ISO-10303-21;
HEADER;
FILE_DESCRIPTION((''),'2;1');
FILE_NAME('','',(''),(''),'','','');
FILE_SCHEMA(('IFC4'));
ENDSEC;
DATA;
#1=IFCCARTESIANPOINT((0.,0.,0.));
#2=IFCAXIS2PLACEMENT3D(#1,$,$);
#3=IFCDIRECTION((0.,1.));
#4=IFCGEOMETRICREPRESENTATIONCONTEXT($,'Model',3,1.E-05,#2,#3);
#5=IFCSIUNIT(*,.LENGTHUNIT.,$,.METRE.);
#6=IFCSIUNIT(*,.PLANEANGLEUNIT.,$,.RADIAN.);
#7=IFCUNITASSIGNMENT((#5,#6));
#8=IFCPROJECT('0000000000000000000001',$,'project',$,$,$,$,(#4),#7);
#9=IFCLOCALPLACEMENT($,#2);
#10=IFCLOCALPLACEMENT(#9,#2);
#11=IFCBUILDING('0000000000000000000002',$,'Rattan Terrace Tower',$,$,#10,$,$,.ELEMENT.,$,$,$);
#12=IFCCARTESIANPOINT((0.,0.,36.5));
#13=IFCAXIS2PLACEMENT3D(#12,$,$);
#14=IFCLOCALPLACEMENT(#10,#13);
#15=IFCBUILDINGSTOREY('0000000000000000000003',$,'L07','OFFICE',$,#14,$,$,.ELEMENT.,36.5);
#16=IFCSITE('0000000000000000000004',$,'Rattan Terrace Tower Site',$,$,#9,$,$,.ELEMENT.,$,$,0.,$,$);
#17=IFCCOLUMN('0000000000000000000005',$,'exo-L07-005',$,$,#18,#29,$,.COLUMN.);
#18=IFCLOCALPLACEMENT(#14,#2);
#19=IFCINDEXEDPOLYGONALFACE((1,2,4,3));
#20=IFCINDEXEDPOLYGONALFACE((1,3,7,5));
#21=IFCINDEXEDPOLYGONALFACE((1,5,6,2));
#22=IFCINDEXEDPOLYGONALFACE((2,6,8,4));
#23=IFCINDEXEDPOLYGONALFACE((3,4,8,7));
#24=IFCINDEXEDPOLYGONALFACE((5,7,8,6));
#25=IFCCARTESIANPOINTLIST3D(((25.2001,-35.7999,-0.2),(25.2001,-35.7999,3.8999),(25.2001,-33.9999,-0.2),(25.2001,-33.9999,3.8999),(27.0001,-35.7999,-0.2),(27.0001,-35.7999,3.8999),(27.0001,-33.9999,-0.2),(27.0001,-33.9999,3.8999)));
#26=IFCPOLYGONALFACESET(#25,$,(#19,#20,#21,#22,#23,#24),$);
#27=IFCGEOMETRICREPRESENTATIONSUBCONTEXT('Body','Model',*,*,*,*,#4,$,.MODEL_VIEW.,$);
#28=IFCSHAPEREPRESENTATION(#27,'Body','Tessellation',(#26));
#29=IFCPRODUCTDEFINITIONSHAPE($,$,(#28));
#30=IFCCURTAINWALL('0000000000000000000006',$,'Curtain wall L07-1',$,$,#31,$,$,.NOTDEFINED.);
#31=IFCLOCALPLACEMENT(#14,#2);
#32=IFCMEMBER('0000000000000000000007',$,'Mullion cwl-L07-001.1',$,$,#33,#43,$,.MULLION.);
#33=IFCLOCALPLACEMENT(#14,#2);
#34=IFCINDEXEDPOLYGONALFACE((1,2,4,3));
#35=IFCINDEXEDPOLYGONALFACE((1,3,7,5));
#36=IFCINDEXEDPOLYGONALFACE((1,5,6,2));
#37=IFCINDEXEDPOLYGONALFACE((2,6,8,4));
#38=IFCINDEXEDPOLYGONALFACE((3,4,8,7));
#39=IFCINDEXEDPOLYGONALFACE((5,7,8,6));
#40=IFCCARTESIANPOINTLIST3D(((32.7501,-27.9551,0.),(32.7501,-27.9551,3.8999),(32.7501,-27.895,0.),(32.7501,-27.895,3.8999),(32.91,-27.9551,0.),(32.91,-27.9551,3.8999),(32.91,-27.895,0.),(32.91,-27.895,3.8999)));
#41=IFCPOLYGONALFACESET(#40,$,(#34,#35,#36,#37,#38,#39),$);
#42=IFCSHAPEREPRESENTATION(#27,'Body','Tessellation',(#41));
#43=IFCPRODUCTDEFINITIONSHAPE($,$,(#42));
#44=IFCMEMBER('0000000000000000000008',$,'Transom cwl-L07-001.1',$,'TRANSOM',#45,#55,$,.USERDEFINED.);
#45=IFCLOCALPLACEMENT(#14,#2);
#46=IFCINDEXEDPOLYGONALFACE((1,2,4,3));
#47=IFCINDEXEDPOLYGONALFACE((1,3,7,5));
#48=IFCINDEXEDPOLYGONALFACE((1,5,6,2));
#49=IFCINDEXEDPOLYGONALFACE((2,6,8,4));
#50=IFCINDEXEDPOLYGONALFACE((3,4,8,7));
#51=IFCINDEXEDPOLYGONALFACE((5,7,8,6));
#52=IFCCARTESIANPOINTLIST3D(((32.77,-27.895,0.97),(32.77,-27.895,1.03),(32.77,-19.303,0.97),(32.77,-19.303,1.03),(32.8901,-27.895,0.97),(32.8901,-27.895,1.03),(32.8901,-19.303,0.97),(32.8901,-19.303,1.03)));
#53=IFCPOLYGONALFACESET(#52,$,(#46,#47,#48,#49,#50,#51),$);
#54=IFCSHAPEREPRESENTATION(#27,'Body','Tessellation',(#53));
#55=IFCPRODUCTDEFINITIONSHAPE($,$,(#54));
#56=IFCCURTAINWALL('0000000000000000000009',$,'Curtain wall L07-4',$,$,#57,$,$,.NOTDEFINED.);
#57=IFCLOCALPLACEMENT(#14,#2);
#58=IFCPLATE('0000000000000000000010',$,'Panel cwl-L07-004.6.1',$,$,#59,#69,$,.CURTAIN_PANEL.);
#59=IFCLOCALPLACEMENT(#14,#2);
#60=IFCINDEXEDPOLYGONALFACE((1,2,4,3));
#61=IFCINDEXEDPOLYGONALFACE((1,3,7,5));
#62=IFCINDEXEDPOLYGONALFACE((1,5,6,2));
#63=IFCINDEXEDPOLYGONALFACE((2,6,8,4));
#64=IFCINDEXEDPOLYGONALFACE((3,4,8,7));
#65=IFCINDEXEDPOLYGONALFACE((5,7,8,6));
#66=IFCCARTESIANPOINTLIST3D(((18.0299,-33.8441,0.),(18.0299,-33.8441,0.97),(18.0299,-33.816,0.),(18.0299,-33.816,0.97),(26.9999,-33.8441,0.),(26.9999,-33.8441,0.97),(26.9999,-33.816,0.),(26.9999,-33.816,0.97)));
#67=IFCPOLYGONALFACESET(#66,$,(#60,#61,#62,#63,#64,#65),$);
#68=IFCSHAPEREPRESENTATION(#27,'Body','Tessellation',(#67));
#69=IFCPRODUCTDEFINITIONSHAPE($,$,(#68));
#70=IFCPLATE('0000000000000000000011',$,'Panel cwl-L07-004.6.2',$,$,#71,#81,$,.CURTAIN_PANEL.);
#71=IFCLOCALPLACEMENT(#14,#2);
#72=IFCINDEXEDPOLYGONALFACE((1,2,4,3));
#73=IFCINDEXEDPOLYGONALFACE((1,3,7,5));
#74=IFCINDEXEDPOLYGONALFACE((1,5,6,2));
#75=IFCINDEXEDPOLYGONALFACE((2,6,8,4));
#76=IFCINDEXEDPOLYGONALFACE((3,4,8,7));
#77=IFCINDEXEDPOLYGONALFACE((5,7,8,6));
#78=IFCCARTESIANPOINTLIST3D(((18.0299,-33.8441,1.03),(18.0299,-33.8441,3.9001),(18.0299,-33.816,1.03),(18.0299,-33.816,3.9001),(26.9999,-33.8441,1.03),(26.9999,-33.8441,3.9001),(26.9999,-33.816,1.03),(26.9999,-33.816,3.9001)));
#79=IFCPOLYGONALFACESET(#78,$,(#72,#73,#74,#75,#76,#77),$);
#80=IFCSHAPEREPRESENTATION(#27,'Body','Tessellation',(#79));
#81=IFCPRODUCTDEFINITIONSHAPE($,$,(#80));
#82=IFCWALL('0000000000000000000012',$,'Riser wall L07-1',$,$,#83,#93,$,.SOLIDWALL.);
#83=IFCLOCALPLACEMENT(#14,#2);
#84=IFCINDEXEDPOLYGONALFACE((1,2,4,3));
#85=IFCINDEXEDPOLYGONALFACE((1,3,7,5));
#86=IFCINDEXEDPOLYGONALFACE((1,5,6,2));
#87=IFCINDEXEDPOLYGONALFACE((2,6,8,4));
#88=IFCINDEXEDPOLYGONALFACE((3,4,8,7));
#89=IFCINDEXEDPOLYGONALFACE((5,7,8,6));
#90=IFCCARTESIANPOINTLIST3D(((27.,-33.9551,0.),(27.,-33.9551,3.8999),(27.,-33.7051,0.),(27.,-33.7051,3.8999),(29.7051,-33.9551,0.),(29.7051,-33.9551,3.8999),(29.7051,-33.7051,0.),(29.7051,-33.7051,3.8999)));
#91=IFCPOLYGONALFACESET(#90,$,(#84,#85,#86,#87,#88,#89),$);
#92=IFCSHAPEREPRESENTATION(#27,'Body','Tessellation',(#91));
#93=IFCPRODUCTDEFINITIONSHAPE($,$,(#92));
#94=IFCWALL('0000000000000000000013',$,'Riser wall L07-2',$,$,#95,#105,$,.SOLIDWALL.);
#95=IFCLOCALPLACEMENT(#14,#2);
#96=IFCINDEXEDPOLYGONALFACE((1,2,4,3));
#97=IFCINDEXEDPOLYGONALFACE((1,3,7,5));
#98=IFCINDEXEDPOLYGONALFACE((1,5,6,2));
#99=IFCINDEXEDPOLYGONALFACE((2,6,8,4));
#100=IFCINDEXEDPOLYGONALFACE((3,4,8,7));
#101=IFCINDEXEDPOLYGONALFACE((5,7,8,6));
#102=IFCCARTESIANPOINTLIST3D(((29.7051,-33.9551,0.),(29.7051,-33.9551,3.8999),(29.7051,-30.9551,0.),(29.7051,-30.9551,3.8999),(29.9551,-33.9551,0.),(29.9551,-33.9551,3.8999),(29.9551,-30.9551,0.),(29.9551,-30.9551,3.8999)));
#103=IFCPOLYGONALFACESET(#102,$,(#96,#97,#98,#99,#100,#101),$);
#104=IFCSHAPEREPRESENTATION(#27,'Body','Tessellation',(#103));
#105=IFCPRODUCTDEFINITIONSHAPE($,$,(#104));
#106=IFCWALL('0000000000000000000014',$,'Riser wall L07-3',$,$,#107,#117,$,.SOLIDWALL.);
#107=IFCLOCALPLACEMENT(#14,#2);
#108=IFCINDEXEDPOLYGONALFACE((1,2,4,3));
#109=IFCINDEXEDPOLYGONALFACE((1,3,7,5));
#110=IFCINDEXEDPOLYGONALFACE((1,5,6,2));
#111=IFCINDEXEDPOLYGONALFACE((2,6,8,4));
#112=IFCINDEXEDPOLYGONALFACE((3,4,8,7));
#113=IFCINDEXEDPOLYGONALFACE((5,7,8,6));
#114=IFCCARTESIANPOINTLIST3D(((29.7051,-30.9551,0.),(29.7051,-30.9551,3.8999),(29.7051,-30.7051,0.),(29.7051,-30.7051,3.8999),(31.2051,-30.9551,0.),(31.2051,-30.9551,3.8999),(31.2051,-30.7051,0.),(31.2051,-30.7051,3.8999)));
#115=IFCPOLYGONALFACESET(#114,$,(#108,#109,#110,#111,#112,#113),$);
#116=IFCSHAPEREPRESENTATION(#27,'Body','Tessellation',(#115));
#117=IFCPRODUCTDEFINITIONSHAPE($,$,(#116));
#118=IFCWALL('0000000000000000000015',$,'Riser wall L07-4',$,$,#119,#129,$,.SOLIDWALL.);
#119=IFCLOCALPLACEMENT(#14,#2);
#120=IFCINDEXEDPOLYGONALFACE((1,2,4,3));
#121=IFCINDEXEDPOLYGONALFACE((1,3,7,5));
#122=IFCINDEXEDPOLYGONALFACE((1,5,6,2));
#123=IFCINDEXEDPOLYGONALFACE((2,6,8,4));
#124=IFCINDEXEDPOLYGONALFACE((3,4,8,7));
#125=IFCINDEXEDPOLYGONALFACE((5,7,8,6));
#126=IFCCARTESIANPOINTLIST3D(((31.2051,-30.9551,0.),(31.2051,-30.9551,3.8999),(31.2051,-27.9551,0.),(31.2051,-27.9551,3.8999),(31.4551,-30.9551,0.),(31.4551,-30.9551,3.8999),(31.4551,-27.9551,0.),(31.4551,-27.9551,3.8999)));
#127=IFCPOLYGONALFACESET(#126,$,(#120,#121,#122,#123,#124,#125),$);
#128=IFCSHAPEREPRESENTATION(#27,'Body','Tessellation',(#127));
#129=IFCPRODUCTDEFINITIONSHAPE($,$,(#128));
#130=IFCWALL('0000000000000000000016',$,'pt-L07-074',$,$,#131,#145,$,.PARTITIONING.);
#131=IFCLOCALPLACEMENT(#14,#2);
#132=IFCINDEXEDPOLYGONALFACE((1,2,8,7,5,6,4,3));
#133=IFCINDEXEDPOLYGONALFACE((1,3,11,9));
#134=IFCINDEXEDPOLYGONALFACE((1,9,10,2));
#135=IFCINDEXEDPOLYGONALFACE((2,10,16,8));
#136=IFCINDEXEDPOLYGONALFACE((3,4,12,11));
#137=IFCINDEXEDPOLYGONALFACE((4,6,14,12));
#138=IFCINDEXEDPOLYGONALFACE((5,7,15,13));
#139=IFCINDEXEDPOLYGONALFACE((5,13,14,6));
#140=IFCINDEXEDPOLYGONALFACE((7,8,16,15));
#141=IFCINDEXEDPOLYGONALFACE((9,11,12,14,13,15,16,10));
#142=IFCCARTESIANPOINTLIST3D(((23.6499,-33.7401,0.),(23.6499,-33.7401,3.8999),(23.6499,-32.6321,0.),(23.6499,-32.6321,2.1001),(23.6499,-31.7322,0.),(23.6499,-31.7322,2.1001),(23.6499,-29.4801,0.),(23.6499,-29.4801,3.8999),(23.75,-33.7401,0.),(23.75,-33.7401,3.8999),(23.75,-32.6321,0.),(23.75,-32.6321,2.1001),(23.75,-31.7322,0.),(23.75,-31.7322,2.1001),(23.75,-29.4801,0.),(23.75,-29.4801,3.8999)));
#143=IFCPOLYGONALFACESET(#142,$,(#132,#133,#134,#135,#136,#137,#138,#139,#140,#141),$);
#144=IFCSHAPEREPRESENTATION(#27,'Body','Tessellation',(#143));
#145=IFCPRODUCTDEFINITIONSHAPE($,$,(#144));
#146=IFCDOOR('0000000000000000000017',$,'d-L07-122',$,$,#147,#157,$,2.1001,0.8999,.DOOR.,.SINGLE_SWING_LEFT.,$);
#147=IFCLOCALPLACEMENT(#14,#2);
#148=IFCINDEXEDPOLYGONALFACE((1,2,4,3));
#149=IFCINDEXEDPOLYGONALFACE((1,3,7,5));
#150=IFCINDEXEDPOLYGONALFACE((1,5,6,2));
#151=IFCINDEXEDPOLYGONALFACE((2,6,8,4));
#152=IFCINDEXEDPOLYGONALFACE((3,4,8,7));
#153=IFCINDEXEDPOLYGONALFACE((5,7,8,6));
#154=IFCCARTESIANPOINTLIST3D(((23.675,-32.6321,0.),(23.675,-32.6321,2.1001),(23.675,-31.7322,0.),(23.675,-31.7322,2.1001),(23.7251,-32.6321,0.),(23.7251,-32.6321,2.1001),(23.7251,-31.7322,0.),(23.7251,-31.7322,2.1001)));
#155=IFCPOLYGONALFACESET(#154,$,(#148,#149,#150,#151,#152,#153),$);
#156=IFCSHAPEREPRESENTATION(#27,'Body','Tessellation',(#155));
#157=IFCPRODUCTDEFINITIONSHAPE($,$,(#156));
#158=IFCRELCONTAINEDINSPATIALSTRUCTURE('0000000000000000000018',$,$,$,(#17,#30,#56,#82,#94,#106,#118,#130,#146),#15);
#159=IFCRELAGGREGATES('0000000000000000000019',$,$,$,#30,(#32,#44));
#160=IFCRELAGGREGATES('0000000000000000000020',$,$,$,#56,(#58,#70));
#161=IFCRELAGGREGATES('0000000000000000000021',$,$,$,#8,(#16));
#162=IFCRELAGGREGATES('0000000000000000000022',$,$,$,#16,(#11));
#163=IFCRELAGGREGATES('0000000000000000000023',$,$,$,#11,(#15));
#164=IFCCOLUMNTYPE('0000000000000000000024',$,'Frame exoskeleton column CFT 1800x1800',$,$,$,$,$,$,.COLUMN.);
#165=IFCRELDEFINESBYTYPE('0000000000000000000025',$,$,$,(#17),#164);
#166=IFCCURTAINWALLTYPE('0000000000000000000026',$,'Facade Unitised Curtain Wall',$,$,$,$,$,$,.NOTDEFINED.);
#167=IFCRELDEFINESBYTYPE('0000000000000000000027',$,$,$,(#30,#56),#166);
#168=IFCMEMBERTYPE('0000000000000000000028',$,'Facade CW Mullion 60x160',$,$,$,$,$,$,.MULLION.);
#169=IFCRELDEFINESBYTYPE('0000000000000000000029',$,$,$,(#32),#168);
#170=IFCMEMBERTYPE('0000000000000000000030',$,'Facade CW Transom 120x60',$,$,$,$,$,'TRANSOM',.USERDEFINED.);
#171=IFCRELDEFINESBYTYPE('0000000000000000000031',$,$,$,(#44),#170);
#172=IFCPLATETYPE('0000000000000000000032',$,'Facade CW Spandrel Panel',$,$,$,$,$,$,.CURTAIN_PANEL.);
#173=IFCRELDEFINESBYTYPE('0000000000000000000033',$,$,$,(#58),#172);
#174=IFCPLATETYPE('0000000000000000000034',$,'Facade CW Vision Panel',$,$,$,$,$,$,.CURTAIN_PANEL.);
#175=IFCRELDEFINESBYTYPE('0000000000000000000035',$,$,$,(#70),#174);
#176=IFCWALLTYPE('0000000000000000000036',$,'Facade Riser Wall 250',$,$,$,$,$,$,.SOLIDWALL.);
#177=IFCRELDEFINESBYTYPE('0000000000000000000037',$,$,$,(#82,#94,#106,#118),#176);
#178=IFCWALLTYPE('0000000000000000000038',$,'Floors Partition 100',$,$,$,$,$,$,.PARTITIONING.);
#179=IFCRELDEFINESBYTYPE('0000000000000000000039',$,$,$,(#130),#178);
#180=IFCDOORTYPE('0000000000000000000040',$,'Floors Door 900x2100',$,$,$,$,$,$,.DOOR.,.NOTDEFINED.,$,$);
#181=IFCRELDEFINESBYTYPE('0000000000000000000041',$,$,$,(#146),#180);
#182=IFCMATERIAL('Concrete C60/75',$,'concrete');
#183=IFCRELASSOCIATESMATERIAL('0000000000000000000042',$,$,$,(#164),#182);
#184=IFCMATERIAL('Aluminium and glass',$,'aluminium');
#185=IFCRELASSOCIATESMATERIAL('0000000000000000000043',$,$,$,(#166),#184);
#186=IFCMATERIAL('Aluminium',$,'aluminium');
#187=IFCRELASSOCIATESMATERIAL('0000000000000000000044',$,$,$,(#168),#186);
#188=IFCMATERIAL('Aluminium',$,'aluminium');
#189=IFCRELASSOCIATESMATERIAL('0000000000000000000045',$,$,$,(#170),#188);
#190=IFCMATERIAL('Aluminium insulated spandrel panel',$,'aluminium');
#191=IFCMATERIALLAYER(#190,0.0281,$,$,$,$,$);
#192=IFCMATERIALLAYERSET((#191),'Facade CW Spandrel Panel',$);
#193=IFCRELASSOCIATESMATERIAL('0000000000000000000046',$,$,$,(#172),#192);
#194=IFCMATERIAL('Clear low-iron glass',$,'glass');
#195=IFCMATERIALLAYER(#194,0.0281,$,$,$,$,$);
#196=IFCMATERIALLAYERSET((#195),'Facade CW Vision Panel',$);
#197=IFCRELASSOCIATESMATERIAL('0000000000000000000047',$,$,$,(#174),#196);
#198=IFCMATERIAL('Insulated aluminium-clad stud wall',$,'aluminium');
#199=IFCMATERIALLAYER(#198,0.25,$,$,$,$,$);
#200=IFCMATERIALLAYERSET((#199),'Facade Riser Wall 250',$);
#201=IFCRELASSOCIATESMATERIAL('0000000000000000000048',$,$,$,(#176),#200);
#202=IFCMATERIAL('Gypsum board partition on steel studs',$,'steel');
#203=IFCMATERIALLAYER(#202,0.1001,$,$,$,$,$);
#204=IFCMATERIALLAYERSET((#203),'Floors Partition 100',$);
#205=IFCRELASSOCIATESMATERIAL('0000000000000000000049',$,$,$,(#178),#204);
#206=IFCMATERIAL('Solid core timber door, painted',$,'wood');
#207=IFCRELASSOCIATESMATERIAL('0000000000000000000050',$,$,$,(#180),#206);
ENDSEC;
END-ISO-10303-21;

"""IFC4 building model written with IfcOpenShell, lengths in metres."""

from ifc_helpers import new_model, si_unit, direction, frame, frame_2d, origin, origin_2d, place, context, subcontext, project, spatial, rectangle, extrude, material, layer, layer_set, material_profile, profile_set, type_object, element, fill, aggregate, save


model = new_model("IFC4")

# Units and contexts
model_context = context("Model", 3, precision=1e-05, world=origin(), true_north=direction((0.0, 1.0)))
body_context = subcontext(model_context, "Body", "Model", "MODEL_VIEW")
ifc_project = project(units=[si_unit("LENGTHUNIT", "METRE"), si_unit("PLANEANGLEUNIT", "RADIAN")], contexts=[model_context])

# Site, building, storey
site_placement = place(None, origin())
site = spatial("IfcSite", under=ifc_project, at=site_placement, Name="Rattan Terrace Tower Site", CompositionType="ELEMENT", RefElevation=0.0)
building_placement = place(site_placement, origin())
building = spatial("IfcBuilding", under=site, at=building_placement, Name="Rattan Terrace Tower", CompositionType="ELEMENT")
storey_placement = place(building_placement, frame((0.0, 0.0, 36.5)))
storey = spatial("IfcBuildingStorey", under=building, at=storey_placement, Name="L07", Description="OFFICE", CompositionType="ELEMENT", Elevation=36.5)

# Column
ifc_material_1 = material(Name="Concrete C60/75", Category="concrete")
ifc_material_profile_1 = material_profile(ifc_material_1, rectangle(XDim=1.8, YDim=1.8, at=origin_2d()), Name="CFT 1800x1800")
ifc_profile_set_1 = profile_set([ifc_material_profile_1], Name="Concrete C60/75")
column_type = type_object("IfcColumnType", Name="Frame exoskeleton column CFT 1800x1800", PredefinedType="COLUMN", material=ifc_profile_set_1)
column_placement = place(storey_placement, frame((26.1001, -34.8999, -0.2), z_axis=(0.0, 0.0, 1.0), x_axis=(1.0, 0.0, 0.0)))
element("IfcColumn", 1, at=column_placement, inside=storey, type_object=column_type, Name="exo-L07-005", PredefinedType="COLUMN", context=body_context, shape_type="SweptSolid", body=[
    extrude(rectangle(XDim=1.8, YDim=1.8, at=origin_2d()), origin(), (0.0, 0.0, 1.0), 4.0999),
])

# Curtain wall, members
ifc_material_2 = material(Name="Aluminium and glass", Category="aluminium")
curtain_wall_type = type_object("IfcCurtainWallType", Name="Facade Unitised Curtain Wall", PredefinedType="NOTDEFINED", material=ifc_material_2)
curtain_wall_1_placement = place(storey_placement, origin())
curtain_wall_1 = element("IfcCurtainWall", 2, at=curtain_wall_1_placement, inside=storey, type_object=curtain_wall_type, Name="Curtain wall L07-1", PredefinedType="NOTDEFINED")
ifc_material_3 = material(Name="Aluminium", Category="aluminium")
ifc_material_profile_2 = material_profile(ifc_material_3, rectangle(XDim=0.0601, YDim=0.1599, at=origin_2d()), Name="Aluminium 60x160")
ifc_profile_set_2 = profile_set([ifc_material_profile_2], Name="Aluminium")
member_type_1 = type_object("IfcMemberType", Name="Facade CW Mullion 60x160", PredefinedType="MULLION", material=ifc_profile_set_2)
member_1_placement = place(storey_placement, frame((32.8301, -27.925, 0.0), z_axis=(0.0, 0.0, 1.0), x_axis=(0.0, 1.0, 0.0)))
member_1 = element("IfcMember", 3, at=member_1_placement, type_object=member_type_1, Name="Mullion cwl-L07-001.1", PredefinedType="MULLION", context=body_context, shape_type="SweptSolid", body=[
    extrude(rectangle(XDim=0.0601, YDim=0.1599, at=origin_2d()), origin(), (0.0, 0.0, 1.0), 3.8999),
])
ifc_material_4 = material(Name="Aluminium", Category="aluminium")
ifc_material_profile_3 = material_profile(ifc_material_4, rectangle(XDim=0.1201, YDim=0.0601, at=origin_2d()), Name="Aluminium 120x60")
ifc_profile_set_3 = profile_set([ifc_material_profile_3], Name="Aluminium")
member_type_2 = type_object("IfcMemberType", Name="Facade CW Transom 120x60", ElementType="TRANSOM", PredefinedType="USERDEFINED", material=ifc_profile_set_3)
member_2_placement = place(storey_placement, frame((32.8301, -27.895, 1.0), z_axis=(0.0, 1.0, 0.0), x_axis=(-1.0, 0.0, 0.0)))
member_2 = element("IfcMember", 4, at=member_2_placement, type_object=member_type_2, Name="Transom cwl-L07-001.1", ObjectType="TRANSOM", PredefinedType="USERDEFINED", context=body_context, shape_type="SweptSolid", body=[
    extrude(rectangle(XDim=0.1201, YDim=0.0601, at=origin_2d()), origin(), (0.0, 0.0, 1.0), 8.592),
])
aggregate(curtain_wall_1, [member_1, member_2])

# Curtain wall, plates
curtain_wall_2_placement = place(storey_placement, origin())
curtain_wall_2 = element("IfcCurtainWall", 5, at=curtain_wall_2_placement, inside=storey, type_object=curtain_wall_type, Name="Curtain wall L07-4", PredefinedType="NOTDEFINED")
ifc_material_5 = material(Name="Aluminium insulated spandrel panel", Category="aluminium")
ifc_layer_1 = layer(ifc_material_5, 0.0281)
ifc_layer_set_1 = layer_set([ifc_layer_1], Name="Facade CW Spandrel Panel")
plate_type_1 = type_object("IfcPlateType", Name="Facade CW Spandrel Panel", PredefinedType="CURTAIN_PANEL", material=ifc_layer_set_1)
plate_1_placement = place(storey_placement, frame((22.5149, -33.8301, 0.0), z_axis=(0.0, 0.0, 1.0), x_axis=(1.0, 0.0, 0.0)))
plate_1 = element("IfcPlate", 6, at=plate_1_placement, type_object=plate_type_1, Name="Panel cwl-L07-004.6.1", PredefinedType="CURTAIN_PANEL", context=body_context, shape_type="SweptSolid", body=[
    extrude(rectangle(XDim=8.97, YDim=0.0281, at=origin_2d()), origin(), (0.0, 0.0, 1.0), 0.97),
])
ifc_material_6 = material(Name="Clear low-iron glass", Category="glass")
ifc_layer_2 = layer(ifc_material_6, 0.0281)
ifc_layer_set_2 = layer_set([ifc_layer_2], Name="Facade CW Vision Panel")
plate_type_2 = type_object("IfcPlateType", Name="Facade CW Vision Panel", PredefinedType="CURTAIN_PANEL", material=ifc_layer_set_2)
plate_2_placement = place(storey_placement, frame((22.5149, -33.8301, 1.03), z_axis=(0.0, 0.0, 1.0), x_axis=(1.0, 0.0, 0.0)))
plate_2 = element("IfcPlate", 7, at=plate_2_placement, type_object=plate_type_2, Name="Panel cwl-L07-004.6.2", PredefinedType="CURTAIN_PANEL", context=body_context, shape_type="SweptSolid", body=[
    extrude(rectangle(XDim=8.97, YDim=0.0281, at=origin_2d()), origin(), (0.0, 0.0, 1.0), 2.8701),
])
aggregate(curtain_wall_2, [plate_1, plate_2])

# Walls
ifc_material_7 = material(Name="Insulated aluminium-clad stud wall", Category="aluminium")
ifc_layer_3 = layer(ifc_material_7, 0.25)
ifc_layer_set_3 = layer_set([ifc_layer_3], Name="Facade Riser Wall 250")
wall_type_1 = type_object("IfcWallType", Name="Facade Riser Wall 250", PredefinedType="SOLIDWALL", material=ifc_layer_set_3)
wall_1_placement = place(storey_placement, frame((27.0, -33.8301, 0.0), z_axis=(0.0, 0.0, 1.0), x_axis=(1.0, 0.0, 0.0)))
element("IfcWall", 8, at=wall_1_placement, inside=storey, type_object=wall_type_1, Name="Riser wall L07-1", PredefinedType="SOLIDWALL", context=body_context, shape_type="SweptSolid", body=[
    extrude(rectangle(XDim=2.7051, YDim=0.25, at=frame_2d((1.3525, 0.0))), origin(), (0.0, 0.0, 1.0), 3.8999),
])
wall_2_placement = place(storey_placement, frame((29.8301, -33.9551, 0.0), z_axis=(0.0, 0.0, 1.0), x_axis=(0.0, 1.0, 0.0)))
element("IfcWall", 9, at=wall_2_placement, inside=storey, type_object=wall_type_1, Name="Riser wall L07-2", PredefinedType="SOLIDWALL", context=body_context, shape_type="SweptSolid", body=[
    extrude(rectangle(XDim=3.0, YDim=0.25, at=frame_2d((1.5, 0.0))), origin(), (0.0, 0.0, 1.0), 3.8999),
])
wall_3_placement = place(storey_placement, frame((29.7051, -30.8301, 0.0), z_axis=(0.0, 0.0, 1.0), x_axis=(1.0, 0.0, 0.0)))
element("IfcWall", 10, at=wall_3_placement, inside=storey, type_object=wall_type_1, Name="Riser wall L07-3", PredefinedType="SOLIDWALL", context=body_context, shape_type="SweptSolid", body=[
    extrude(rectangle(XDim=1.5, YDim=0.25, at=frame_2d((0.75, 0.0))), origin(), (0.0, 0.0, 1.0), 3.8999),
])
wall_4_placement = place(storey_placement, frame((31.3301, -30.9551, 0.0), z_axis=(0.0, 0.0, 1.0), x_axis=(0.0, 1.0, 0.0)))
element("IfcWall", 11, at=wall_4_placement, inside=storey, type_object=wall_type_1, Name="Riser wall L07-4", PredefinedType="SOLIDWALL", context=body_context, shape_type="SweptSolid", body=[
    extrude(rectangle(XDim=3.0, YDim=0.25, at=frame_2d((1.5, 0.0))), origin(), (0.0, 0.0, 1.0), 3.8999),
])

# Wall, opening, door
ifc_material_8 = material(Name="Gypsum board partition on steel studs", Category="steel")
ifc_layer_4 = layer(ifc_material_8, 0.1001)
ifc_layer_set_4 = layer_set([ifc_layer_4], Name="Floors Partition 100")
wall_type_2 = type_object("IfcWallType", Name="Floors Partition 100", PredefinedType="PARTITIONING", material=ifc_layer_set_4)
wall_5_placement = place(storey_placement, frame((23.7, -33.74, 0.0), z_axis=(0.0, 0.0, 1.0), x_axis=(0.0, 1.0, 0.0)))
wall_5 = element("IfcWall", 12, at=wall_5_placement, inside=storey, type_object=wall_type_2, Name="pt-L07-074", PredefinedType="PARTITIONING", context=body_context, shape_type="SweptSolid", body=[
    extrude(rectangle(XDim=4.26, YDim=0.1001, at=frame_2d((2.1299, 0.0))), origin(), (0.0, 0.0, 1.0), 3.8999),
])
opening_1_placement = place(wall_5_placement, frame((1.1079, 0.0, 0.0)))
opening_1 = element("IfcOpeningElement", 13, at=opening_1_placement, cuts=wall_5, PredefinedType="OPENING", context=body_context, shape_type="SweptSolid", body=[
    extrude(rectangle(XDim=0.8999, YDim=2.1001, at=frame_2d((0.45, 1.05))), frame((0.0, 0.0605, 0.0), z_axis=(0.0, -1.0, 0.0), x_axis=(1.0, 0.0, 0.0)), (0.0, 0.0, 1.0), 0.1211),
])
ifc_material_9 = material(Name="Solid core timber door, painted", Category="wood")
door_type = type_object("IfcDoorType", Name="Floors Door 900x2100", OperationType="NOTDEFINED", PredefinedType="DOOR", material=ifc_material_9)
door_1_placement = place(opening_1_placement, origin())
door_1 = element("IfcDoor", 14, at=door_1_placement, inside=storey, type_object=door_type, Name="d-L07-122", OperationType="SINGLE_SWING_LEFT", OverallHeight=2.1001, OverallWidth=0.8999, PredefinedType="DOOR", context=body_context, shape_type="SweptSolid", body=[
    extrude(rectangle(XDim=0.8999, YDim=2.1001, at=frame_2d((0.45, 1.05))), frame((0.0, 0.0249, 0.0), z_axis=(0.0, -1.0, 0.0), x_axis=(1.0, 0.0, 0.0)), (0.0, 0.0, 1.0), 0.05),
])
fill(opening_1, door_1)

save(model, "model.ifc")
